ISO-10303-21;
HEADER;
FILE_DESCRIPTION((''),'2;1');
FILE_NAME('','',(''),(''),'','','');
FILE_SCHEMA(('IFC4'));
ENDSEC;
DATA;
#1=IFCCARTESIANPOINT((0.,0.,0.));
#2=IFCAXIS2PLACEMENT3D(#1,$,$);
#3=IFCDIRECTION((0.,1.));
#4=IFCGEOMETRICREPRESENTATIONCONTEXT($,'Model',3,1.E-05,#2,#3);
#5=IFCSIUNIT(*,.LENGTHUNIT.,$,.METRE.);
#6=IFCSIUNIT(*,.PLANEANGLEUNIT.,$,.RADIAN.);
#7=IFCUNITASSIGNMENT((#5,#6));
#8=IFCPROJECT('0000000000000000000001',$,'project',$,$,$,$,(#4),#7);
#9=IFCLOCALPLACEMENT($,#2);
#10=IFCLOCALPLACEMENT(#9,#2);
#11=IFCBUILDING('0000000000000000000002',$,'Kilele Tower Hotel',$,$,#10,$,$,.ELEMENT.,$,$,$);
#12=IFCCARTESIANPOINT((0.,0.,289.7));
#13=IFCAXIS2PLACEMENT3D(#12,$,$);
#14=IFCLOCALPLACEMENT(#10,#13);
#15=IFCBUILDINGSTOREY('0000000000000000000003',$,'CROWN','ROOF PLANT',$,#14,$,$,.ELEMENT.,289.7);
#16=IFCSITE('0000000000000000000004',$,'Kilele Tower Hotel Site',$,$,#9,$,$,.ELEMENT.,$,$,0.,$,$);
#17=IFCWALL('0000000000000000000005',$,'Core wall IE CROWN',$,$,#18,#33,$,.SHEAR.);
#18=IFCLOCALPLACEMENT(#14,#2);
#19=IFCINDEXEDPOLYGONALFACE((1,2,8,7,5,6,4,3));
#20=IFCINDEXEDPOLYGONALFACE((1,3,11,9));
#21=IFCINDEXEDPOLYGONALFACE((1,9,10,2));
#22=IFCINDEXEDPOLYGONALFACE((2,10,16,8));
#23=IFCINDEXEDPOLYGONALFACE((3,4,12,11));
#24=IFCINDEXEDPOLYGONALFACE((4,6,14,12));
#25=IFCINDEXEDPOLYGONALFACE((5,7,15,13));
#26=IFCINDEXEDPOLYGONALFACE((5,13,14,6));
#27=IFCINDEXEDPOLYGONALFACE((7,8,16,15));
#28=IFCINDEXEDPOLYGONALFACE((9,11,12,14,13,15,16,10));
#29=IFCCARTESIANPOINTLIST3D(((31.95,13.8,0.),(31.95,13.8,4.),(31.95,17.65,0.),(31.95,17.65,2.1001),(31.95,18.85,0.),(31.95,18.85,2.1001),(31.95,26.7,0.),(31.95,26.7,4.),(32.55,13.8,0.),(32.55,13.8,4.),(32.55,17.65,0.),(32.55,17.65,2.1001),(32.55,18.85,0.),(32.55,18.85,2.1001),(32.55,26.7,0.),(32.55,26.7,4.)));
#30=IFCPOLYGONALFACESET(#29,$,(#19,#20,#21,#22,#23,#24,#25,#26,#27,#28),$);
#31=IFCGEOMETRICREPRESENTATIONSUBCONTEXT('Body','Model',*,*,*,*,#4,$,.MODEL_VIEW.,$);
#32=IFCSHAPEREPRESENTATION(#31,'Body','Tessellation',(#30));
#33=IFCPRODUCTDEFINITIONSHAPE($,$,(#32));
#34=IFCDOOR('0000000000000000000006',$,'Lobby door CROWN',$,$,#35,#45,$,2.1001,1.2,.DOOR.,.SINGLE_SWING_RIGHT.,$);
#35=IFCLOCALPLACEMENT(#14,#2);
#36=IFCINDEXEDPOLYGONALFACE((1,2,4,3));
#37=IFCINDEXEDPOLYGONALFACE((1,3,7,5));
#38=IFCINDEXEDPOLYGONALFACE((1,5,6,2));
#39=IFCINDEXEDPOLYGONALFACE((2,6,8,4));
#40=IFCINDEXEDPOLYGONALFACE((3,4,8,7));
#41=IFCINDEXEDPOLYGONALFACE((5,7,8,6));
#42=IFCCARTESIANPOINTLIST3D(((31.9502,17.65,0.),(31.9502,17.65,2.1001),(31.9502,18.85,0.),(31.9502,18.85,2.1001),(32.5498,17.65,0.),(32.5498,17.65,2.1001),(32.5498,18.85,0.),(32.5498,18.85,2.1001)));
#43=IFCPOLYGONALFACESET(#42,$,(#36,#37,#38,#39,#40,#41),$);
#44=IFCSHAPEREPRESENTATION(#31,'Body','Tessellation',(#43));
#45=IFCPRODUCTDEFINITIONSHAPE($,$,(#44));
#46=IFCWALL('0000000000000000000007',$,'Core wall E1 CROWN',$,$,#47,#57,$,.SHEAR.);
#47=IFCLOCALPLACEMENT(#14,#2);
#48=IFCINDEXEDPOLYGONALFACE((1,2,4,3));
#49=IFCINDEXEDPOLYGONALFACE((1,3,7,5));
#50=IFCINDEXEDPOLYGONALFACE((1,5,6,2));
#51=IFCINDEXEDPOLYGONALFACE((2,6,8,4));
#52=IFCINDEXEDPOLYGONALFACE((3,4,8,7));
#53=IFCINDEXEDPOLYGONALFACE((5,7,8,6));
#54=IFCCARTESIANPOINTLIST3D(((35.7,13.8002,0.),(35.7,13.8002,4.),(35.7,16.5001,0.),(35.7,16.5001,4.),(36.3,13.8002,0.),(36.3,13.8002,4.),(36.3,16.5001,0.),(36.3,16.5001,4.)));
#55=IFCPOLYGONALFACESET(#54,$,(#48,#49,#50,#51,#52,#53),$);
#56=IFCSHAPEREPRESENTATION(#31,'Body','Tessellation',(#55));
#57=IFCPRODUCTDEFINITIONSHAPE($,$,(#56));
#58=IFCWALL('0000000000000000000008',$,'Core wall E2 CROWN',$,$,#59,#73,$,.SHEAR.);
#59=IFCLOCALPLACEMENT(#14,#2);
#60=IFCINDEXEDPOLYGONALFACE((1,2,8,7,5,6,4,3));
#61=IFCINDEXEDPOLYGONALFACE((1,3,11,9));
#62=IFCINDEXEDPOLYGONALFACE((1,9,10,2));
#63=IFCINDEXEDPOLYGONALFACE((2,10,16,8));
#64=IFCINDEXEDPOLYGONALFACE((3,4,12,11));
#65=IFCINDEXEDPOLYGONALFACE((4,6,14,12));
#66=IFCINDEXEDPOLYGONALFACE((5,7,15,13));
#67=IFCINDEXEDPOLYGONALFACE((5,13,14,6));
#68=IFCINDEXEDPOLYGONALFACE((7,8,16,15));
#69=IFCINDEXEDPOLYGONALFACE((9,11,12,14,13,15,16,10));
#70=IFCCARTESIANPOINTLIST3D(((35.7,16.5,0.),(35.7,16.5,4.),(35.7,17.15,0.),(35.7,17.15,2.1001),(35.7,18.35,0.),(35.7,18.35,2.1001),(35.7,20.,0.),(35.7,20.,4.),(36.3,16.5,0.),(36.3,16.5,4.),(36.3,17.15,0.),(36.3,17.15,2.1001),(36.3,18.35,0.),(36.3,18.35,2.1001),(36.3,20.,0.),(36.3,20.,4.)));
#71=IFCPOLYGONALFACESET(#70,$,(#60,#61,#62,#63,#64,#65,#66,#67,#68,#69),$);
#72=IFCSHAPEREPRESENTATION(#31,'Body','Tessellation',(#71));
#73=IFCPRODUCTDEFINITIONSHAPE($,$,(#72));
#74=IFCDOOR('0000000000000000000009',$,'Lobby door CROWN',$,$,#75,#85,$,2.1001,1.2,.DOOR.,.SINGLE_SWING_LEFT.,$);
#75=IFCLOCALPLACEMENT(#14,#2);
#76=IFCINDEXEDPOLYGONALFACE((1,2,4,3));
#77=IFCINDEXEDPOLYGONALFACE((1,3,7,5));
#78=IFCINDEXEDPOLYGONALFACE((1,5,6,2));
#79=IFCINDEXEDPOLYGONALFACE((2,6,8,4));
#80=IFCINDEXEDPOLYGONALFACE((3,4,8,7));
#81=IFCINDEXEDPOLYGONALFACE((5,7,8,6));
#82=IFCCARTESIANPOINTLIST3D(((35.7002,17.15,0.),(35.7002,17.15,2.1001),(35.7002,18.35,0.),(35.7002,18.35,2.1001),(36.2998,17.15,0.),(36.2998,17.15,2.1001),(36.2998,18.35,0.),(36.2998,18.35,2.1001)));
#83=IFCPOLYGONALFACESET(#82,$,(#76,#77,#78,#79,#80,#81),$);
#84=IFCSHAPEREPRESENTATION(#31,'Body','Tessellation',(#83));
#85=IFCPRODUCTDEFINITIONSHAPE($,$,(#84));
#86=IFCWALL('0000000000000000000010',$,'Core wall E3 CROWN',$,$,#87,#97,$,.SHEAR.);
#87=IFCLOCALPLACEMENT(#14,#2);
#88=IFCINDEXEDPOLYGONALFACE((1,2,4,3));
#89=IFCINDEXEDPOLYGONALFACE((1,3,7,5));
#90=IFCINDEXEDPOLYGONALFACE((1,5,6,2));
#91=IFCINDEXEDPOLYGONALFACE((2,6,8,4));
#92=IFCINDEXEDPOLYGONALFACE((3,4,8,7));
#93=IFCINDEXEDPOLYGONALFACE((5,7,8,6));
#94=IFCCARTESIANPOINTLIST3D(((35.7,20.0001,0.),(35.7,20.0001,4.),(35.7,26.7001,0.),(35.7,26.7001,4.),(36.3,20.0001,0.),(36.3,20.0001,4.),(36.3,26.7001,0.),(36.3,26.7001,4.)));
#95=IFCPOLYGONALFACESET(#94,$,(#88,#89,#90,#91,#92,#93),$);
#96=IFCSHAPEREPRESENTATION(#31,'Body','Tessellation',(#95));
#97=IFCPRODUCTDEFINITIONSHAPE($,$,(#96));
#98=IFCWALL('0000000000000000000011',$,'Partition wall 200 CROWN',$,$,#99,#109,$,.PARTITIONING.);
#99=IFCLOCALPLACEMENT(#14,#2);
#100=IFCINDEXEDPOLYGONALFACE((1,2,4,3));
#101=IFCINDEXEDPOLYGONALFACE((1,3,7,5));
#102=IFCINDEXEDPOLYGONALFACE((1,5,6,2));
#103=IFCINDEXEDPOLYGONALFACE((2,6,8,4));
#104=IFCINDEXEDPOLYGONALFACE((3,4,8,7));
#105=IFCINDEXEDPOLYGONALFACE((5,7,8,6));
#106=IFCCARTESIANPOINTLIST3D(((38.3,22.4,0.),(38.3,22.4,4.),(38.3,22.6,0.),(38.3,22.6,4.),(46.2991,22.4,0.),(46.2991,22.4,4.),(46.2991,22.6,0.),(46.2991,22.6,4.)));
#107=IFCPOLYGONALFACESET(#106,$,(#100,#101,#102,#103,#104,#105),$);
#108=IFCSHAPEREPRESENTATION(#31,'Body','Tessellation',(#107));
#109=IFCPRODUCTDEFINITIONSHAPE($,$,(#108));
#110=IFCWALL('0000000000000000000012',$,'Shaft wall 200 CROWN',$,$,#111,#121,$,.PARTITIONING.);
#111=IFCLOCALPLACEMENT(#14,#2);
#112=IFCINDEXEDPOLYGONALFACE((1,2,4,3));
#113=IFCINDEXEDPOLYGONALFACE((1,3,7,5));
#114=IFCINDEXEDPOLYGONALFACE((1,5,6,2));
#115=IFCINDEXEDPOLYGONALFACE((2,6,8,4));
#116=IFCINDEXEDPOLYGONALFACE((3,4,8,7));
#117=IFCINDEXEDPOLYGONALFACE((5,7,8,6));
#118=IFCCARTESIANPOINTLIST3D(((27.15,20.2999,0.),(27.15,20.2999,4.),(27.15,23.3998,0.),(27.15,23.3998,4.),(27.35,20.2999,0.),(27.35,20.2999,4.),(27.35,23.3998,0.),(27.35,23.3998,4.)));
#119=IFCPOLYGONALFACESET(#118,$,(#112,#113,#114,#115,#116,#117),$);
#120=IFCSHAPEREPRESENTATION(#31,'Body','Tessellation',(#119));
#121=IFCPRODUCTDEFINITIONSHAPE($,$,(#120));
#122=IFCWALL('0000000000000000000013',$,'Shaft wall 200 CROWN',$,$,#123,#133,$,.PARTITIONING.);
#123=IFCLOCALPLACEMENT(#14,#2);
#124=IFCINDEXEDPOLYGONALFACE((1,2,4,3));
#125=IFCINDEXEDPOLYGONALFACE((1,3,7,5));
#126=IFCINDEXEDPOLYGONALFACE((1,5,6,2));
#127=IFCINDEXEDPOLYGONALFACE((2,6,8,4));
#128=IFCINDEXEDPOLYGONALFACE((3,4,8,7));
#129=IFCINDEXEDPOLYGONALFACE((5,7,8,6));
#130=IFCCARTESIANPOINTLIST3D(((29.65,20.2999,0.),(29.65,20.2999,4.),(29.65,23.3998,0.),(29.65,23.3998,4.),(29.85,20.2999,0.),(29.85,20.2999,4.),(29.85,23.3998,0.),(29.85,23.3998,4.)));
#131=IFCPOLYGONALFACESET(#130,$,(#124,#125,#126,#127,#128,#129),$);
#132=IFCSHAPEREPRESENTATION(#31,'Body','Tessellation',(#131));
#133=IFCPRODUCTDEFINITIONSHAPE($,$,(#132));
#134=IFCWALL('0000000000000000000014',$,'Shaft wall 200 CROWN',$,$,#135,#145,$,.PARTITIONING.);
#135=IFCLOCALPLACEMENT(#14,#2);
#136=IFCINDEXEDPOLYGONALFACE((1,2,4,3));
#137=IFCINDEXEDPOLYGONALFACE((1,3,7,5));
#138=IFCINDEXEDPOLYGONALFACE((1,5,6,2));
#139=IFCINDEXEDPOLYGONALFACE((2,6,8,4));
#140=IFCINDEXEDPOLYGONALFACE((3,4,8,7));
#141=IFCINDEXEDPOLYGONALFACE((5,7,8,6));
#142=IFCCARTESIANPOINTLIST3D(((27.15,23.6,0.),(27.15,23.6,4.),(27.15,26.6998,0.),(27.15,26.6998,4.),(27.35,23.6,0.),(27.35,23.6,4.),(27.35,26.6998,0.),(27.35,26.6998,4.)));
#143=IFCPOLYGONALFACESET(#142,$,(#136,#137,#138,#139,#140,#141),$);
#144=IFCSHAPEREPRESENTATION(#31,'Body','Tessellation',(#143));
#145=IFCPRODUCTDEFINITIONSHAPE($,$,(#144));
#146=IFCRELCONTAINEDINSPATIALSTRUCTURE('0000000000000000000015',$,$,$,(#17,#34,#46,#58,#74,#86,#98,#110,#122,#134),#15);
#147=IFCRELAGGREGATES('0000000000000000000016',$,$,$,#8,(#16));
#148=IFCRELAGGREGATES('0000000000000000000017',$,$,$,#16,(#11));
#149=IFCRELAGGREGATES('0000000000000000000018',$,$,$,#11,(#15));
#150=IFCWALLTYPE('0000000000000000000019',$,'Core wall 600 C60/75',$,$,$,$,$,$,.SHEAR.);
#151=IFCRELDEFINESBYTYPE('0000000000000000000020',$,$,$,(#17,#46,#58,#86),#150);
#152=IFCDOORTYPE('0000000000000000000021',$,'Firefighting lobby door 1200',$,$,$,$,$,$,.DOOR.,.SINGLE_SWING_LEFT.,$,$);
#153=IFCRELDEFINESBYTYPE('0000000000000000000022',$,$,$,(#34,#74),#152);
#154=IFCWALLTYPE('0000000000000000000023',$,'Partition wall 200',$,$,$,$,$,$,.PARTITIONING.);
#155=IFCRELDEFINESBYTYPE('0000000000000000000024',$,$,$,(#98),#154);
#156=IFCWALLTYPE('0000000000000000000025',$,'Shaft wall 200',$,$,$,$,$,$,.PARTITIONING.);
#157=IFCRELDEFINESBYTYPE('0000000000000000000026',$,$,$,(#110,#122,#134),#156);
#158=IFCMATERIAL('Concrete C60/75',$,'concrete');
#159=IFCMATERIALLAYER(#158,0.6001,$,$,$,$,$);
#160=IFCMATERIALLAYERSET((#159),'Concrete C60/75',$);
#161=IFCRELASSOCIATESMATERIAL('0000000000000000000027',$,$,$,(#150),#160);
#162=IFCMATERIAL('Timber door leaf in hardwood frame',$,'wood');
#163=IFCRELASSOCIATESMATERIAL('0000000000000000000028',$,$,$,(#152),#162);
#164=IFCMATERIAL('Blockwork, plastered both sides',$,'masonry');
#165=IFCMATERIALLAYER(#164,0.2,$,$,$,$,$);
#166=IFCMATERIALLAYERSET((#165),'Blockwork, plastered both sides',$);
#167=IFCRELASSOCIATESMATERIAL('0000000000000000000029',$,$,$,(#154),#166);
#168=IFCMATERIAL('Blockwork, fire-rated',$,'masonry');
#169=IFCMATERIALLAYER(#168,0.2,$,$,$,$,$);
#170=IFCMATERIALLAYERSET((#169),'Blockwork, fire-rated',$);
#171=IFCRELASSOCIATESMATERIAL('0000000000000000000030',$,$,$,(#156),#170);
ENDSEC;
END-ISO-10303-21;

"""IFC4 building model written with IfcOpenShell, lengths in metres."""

from ifc_helpers import new_model, si_unit, direction, frame, frame_2d, origin, place, context, subcontext, project, spatial, rectangle, extrude, material, layer, layer_set, type_object, element, fill, save


model = new_model("IFC4")

# Units and contexts
model_context = context("Model", 3, precision=1e-05, world=origin(), true_north=direction((0.0, 1.0)))
body_context = subcontext(model_context, "Body", "Model", "MODEL_VIEW")
ifc_project = project(units=[si_unit("LENGTHUNIT", "METRE"), si_unit("PLANEANGLEUNIT", "RADIAN")], contexts=[model_context])

# Site, building, storey
site_placement = place(None, origin())
site = spatial("IfcSite", under=ifc_project, at=site_placement, Name="Kilele Tower Hotel Site", CompositionType="ELEMENT", RefElevation=0.0)
building_placement = place(site_placement, origin())
building = spatial("IfcBuilding", under=site, at=building_placement, Name="Kilele Tower Hotel", CompositionType="ELEMENT")
storey_placement = place(building_placement, frame((0.0, 0.0, 289.7)))
storey = spatial("IfcBuildingStorey", under=building, at=storey_placement, Name="CROWN", Description="ROOF PLANT", CompositionType="ELEMENT", Elevation=289.7)

# Wall, opening, door
ifc_material_1 = material(Name="Concrete C60/75", Category="concrete")
ifc_layer_1 = layer(ifc_material_1, 0.6001)
ifc_layer_set_1 = layer_set([ifc_layer_1], Name="Concrete C60/75")
wall_type_1 = type_object("IfcWallType", Name="Core wall 600 C60/75", PredefinedType="SHEAR", material=ifc_layer_set_1)
wall_1_placement = place(storey_placement, frame((32.25, 13.8, 0.0), z_axis=(0.0, 0.0, 1.0), x_axis=(0.0, 1.0, 0.0)))
wall_1 = element("IfcWall", 1, at=wall_1_placement, inside=storey, type_object=wall_type_1, Name="Core wall IE CROWN", PredefinedType="SHEAR", context=body_context, shape_type="SweptSolid", body=[
    extrude(rectangle(XDim=12.8999, YDim=0.6001, at=frame_2d((6.45, 0.0))), origin(), (0.0, 0.0, 1.0), 4.0),
])
opening_1_placement = place(wall_1_placement, frame((5.05, 0.0, 0.0), z_axis=(0.0, 0.0, 1.0), x_axis=(-1.0, 0.0, 0.0)))
opening_1 = element("IfcOpeningElement", 2, at=opening_1_placement, cuts=wall_1, PredefinedType="OPENING", context=body_context, shape_type="SweptSolid", body=[
    extrude(rectangle(XDim=1.2, YDim=2.1001, at=frame_2d((0.6001, 1.05))), frame((0.0, 0.3101, 0.0), z_axis=(0.0, -1.0, 0.0), x_axis=(1.0, 0.0, 0.0)), (0.0, 0.0, 1.0), 0.6201),
])
ifc_material_2 = material(Name="Timber door leaf in hardwood frame", Category="wood")
door_type = type_object("IfcDoorType", Name="Firefighting lobby door 1200", OperationType="SINGLE_SWING_LEFT", PredefinedType="DOOR", material=ifc_material_2)
door_1_placement = place(opening_1_placement, origin())
door_1 = element("IfcDoor", 3, at=door_1_placement, inside=storey, type_object=door_type, Name="Lobby door CROWN", OperationType="SINGLE_SWING_RIGHT", OverallHeight=2.1001, OverallWidth=1.2, PredefinedType="DOOR", context=body_context, shape_type="SweptSolid", body=[
    extrude(rectangle(XDim=1.2, YDim=2.1001, at=frame_2d((0.6001, 1.05))), frame((0.0, 0.2998, 0.0), z_axis=(0.0, -1.0, 0.0), x_axis=(1.0, 0.0, 0.0)), (0.0, 0.0, 1.0), 0.5996),
])
fill(opening_1, door_1)

# Wall
wall_2_placement = place(storey_placement, frame((36.0, 13.8, 0.0), z_axis=(0.0, 0.0, 1.0), x_axis=(0.0, 1.0, 0.0)))
element("IfcWall", 4, at=wall_2_placement, inside=storey, type_object=wall_type_1, Name="Core wall E1 CROWN", PredefinedType="SHEAR", context=body_context, shape_type="SweptSolid", body=[
    extrude(rectangle(XDim=2.7, YDim=0.6001, at=frame_2d((1.3501, 0.0))), origin(), (0.0, 0.0, 1.0), 4.0),
])

# Wall, opening, door
wall_3_placement = place(storey_placement, frame((36.0, 16.5, 0.0), z_axis=(0.0, 0.0, 1.0), x_axis=(0.0, 1.0, 0.0)))
wall_3 = element("IfcWall", 5, at=wall_3_placement, inside=storey, type_object=wall_type_1, Name="Core wall E2 CROWN", PredefinedType="SHEAR", context=body_context, shape_type="SweptSolid", body=[
    extrude(rectangle(XDim=3.5, YDim=0.6001, at=frame_2d((1.75, 0.0))), origin(), (0.0, 0.0, 1.0), 4.0),
])
opening_2_placement = place(wall_3_placement, frame((0.6499, 0.0, 0.0)))
opening_2 = element("IfcOpeningElement", 6, at=opening_2_placement, cuts=wall_3, PredefinedType="OPENING", context=body_context, shape_type="SweptSolid", body=[
    extrude(rectangle(XDim=1.2, YDim=2.1001, at=frame_2d((0.6001, 1.05))), frame((0.0, 0.3101, 0.0), z_axis=(0.0, -1.0, 0.0), x_axis=(1.0, 0.0, 0.0)), (0.0, 0.0, 1.0), 0.6201),
])
door_2_placement = place(opening_2_placement, origin())
door_2 = element("IfcDoor", 7, at=door_2_placement, inside=storey, type_object=door_type, Name="Lobby door CROWN", OperationType="SINGLE_SWING_LEFT", OverallHeight=2.1001, OverallWidth=1.2, PredefinedType="DOOR", context=body_context, shape_type="SweptSolid", body=[
    extrude(rectangle(XDim=1.2, YDim=2.1001, at=frame_2d((0.6001, 1.05))), frame((0.0, 0.2998, 0.0), z_axis=(0.0, -1.0, 0.0), x_axis=(1.0, 0.0, 0.0)), (0.0, 0.0, 1.0), 0.5996),
])
fill(opening_2, door_2)

# Walls
wall_4_placement = place(storey_placement, frame((36.0, 20.0, 0.0), z_axis=(0.0, 0.0, 1.0), x_axis=(0.0, 1.0, 0.0)))
element("IfcWall", 8, at=wall_4_placement, inside=storey, type_object=wall_type_1, Name="Core wall E3 CROWN", PredefinedType="SHEAR", context=body_context, shape_type="SweptSolid", body=[
    extrude(rectangle(XDim=6.7, YDim=0.6001, at=frame_2d((3.3501, 0.0))), origin(), (0.0, 0.0, 1.0), 4.0),
])
ifc_material_3 = material(Name="Blockwork, plastered both sides", Category="masonry")
ifc_layer_2 = layer(ifc_material_3, 0.2)
ifc_layer_set_2 = layer_set([ifc_layer_2], Name="Blockwork, plastered both sides")
wall_type_2 = type_object("IfcWallType", Name="Partition wall 200", PredefinedType="PARTITIONING", material=ifc_layer_set_2)
wall_5_placement = place(storey_placement, frame((38.3, 22.5, 0.0), z_axis=(0.0, 0.0, 1.0), x_axis=(1.0, 0.0, 0.0)))
element("IfcWall", 9, at=wall_5_placement, inside=storey, type_object=wall_type_2, Name="Partition wall 200 CROWN", PredefinedType="PARTITIONING", context=body_context, shape_type="SweptSolid", body=[
    extrude(rectangle(XDim=7.999, YDim=0.2, at=frame_2d((3.9995, 0.0))), origin(), (0.0, 0.0, 1.0), 4.0),
])
ifc_material_4 = material(Name="Blockwork, fire-rated", Category="masonry")
ifc_layer_3 = layer(ifc_material_4, 0.2)
ifc_layer_set_3 = layer_set([ifc_layer_3], Name="Blockwork, fire-rated")
wall_type_3 = type_object("IfcWallType", Name="Shaft wall 200", PredefinedType="PARTITIONING", material=ifc_layer_set_3)
for number, where, z_axis, x_axis, name in (
    (10, (27.25, 20.3, 0.0), (0.0, 0.0, 1.0), (0.0, 1.0, 0.0), "Shaft wall 200 CROWN"),
    (11, (29.75, 20.3, 0.0), (0.0, 0.0, 1.0), (0.0, 1.0, 0.0), "Shaft wall 200 CROWN"),
    (12, (27.25, 23.6001, 0.0), (0.0, 0.0, 1.0), (0.0, 1.0, 0.0), "Shaft wall 200 CROWN"),
):
    element("IfcWall", number, at=place(storey_placement, frame(where, z_axis=z_axis, x_axis=x_axis)), inside=storey, type_object=wall_type_3, Name=name, PredefinedType="PARTITIONING", context=body_context, shape_type="SweptSolid", body=[
        extrude(rectangle(XDim=3.0999, YDim=0.2, at=frame_2d((1.5498, 0.0))), origin(), (0.0, 0.0, 1.0), 4.0),
    ])

save(model, "model.ifc")
